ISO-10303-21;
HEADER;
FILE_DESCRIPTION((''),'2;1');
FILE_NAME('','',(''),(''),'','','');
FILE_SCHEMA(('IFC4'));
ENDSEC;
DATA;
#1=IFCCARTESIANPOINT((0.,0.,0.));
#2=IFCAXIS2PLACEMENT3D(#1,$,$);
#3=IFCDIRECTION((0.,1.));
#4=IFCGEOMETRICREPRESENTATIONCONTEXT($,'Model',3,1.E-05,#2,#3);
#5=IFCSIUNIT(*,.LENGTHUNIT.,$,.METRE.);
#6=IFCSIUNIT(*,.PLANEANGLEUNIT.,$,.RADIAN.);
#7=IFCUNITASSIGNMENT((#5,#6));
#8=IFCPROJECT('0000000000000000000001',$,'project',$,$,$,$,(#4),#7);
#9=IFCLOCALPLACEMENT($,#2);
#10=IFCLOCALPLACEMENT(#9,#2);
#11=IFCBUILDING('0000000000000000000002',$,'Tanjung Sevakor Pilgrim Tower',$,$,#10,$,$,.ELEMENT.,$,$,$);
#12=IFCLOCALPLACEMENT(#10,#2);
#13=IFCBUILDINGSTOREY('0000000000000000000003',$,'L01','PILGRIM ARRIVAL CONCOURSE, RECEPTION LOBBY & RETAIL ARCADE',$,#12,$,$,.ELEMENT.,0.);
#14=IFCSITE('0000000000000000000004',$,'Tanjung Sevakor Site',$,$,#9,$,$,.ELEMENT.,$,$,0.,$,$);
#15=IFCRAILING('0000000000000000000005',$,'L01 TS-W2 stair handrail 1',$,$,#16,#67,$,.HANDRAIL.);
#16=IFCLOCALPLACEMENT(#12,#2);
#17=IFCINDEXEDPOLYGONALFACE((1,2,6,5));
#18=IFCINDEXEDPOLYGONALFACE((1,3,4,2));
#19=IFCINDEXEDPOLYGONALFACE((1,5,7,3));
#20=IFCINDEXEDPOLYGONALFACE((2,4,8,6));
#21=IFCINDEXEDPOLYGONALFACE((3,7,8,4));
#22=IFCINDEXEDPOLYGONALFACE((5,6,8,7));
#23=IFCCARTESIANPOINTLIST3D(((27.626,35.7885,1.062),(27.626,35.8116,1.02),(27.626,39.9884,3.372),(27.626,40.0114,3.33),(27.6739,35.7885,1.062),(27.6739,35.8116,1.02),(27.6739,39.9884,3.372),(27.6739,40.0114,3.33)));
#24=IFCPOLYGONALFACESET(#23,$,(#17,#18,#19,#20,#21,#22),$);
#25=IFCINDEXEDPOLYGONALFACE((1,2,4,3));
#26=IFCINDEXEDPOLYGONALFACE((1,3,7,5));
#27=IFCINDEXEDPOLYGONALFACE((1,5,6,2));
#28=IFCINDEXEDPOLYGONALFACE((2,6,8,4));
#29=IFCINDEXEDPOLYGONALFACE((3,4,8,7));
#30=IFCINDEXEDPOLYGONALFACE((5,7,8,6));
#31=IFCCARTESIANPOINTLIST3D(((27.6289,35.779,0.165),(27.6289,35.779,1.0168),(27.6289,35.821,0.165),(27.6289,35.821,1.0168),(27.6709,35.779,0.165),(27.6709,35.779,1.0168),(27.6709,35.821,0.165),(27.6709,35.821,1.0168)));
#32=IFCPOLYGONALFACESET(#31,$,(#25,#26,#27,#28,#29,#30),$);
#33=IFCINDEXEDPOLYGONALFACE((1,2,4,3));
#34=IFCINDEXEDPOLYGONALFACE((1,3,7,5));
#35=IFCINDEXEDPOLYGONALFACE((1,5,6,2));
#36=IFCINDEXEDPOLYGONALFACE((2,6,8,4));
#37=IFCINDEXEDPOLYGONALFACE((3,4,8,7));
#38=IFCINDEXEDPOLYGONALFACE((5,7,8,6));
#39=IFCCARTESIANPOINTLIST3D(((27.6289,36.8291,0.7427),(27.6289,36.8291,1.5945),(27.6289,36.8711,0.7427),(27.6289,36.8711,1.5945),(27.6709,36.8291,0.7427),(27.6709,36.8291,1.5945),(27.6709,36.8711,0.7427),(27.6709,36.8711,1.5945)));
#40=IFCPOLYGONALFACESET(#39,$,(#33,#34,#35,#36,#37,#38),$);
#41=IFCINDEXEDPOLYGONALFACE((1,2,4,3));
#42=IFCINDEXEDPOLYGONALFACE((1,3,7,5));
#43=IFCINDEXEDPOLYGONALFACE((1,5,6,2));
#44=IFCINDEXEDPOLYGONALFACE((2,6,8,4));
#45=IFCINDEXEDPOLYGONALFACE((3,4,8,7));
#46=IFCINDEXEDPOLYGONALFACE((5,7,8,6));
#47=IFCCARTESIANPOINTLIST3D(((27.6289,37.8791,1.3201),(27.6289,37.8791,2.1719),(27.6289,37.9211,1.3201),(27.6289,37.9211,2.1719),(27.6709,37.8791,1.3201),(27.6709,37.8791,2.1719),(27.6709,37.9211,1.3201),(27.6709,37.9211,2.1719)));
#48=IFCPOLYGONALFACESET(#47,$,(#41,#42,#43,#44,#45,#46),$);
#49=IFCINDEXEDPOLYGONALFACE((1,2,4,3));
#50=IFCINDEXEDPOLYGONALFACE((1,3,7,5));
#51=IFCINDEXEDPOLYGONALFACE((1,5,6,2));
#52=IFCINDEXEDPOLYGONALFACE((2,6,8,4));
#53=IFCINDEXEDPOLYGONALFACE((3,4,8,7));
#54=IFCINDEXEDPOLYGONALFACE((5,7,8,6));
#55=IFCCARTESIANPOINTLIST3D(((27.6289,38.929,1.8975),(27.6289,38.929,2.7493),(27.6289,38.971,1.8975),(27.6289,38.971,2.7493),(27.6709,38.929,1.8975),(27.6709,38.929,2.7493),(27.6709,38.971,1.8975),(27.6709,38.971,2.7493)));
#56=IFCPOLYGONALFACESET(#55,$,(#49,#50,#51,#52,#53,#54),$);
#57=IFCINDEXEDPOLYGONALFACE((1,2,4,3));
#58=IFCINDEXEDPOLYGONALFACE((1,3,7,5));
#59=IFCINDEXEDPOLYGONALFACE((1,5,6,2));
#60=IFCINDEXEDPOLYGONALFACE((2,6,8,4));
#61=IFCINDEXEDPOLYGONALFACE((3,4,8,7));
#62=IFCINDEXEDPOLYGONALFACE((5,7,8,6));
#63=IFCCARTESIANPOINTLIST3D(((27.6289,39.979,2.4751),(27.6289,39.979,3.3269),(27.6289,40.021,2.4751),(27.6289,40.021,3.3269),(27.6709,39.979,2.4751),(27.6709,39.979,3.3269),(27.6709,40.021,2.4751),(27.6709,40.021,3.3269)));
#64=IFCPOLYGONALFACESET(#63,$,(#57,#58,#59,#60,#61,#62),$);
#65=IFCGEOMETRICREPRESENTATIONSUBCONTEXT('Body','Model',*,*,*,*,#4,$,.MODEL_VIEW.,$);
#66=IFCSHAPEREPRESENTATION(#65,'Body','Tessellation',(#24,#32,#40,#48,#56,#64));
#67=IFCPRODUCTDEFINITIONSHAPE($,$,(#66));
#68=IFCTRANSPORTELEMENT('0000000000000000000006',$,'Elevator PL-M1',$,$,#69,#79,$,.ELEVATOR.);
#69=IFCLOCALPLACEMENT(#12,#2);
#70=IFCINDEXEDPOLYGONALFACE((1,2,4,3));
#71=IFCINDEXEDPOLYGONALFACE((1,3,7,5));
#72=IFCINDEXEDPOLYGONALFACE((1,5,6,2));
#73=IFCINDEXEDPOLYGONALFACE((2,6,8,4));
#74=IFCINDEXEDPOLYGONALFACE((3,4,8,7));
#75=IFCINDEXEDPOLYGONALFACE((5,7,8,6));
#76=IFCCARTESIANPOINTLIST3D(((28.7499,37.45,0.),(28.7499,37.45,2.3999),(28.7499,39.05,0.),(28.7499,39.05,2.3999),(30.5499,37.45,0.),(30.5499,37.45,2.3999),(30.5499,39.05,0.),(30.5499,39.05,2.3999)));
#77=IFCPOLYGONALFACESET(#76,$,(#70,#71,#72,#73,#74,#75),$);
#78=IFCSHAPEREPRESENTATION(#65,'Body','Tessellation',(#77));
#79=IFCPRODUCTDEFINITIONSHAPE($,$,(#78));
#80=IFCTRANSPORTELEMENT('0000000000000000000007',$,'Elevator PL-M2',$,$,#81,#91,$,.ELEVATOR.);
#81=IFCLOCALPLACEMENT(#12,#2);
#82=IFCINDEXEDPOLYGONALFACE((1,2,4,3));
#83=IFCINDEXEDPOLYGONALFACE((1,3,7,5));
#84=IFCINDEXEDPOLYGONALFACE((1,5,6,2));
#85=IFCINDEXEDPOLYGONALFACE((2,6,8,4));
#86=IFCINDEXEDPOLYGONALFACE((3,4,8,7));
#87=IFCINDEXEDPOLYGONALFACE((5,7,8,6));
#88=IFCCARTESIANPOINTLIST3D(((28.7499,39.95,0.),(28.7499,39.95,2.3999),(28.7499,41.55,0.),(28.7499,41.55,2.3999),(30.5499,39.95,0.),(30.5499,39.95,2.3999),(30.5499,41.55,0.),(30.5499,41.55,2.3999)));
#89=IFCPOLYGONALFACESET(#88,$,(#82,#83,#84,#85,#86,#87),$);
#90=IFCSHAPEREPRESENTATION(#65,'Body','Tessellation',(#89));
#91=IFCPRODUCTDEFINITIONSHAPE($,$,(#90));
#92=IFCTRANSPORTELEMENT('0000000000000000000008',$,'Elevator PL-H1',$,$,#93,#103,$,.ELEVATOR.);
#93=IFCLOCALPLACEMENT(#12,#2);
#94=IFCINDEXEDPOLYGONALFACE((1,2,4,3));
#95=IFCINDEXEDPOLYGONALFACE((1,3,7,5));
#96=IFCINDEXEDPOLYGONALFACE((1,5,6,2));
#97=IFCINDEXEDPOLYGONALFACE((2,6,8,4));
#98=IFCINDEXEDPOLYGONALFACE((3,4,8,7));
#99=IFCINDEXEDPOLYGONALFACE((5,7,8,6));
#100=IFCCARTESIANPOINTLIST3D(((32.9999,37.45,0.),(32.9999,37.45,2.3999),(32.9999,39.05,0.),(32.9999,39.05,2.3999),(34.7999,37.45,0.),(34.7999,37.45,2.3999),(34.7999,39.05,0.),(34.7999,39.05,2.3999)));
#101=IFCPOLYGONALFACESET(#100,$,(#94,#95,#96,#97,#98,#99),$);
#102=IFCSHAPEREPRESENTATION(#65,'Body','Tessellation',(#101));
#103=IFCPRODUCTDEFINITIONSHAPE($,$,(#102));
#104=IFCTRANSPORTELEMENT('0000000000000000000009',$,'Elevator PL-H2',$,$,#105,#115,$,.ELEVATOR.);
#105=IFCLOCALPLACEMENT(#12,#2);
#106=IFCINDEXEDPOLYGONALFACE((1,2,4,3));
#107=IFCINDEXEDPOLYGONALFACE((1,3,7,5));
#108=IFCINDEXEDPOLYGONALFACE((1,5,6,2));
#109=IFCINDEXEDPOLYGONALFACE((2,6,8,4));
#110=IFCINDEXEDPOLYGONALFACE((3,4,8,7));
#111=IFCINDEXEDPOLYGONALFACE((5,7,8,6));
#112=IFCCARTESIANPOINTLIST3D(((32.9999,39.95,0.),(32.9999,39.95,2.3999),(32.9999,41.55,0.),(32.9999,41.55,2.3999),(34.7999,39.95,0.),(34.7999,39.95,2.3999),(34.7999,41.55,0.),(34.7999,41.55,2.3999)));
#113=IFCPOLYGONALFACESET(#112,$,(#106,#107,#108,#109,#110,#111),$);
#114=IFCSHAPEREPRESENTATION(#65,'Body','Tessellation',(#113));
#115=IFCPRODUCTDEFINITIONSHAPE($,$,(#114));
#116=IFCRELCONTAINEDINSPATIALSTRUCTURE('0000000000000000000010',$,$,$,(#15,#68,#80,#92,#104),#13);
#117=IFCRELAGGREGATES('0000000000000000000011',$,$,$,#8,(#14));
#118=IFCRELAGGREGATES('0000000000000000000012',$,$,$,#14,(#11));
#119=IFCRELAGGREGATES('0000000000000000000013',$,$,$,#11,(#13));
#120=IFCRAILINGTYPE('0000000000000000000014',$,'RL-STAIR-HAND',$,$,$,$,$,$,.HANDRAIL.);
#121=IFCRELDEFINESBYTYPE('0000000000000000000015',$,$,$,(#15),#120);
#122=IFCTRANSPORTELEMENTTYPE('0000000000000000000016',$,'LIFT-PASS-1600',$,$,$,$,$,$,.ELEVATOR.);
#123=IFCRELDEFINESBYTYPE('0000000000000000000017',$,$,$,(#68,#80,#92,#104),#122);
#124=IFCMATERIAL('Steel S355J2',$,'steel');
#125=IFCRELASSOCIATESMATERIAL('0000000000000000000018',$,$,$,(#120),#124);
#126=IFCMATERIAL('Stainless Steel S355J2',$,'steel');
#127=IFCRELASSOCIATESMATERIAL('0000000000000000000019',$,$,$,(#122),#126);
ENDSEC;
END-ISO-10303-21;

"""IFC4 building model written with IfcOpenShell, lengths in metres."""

from ifc_helpers import new_model, si_unit, direction, frame, origin, origin_2d, place, context, subcontext, project, spatial, rectangle, extrude, material, type_object, element, save


model = new_model("IFC4")

# Units and contexts
model_context = context("Model", 3, precision=1e-05, world=origin(), true_north=direction((0.0, 1.0)))
body_context = subcontext(model_context, "Body", "Model", "MODEL_VIEW")
ifc_project = project(units=[si_unit("LENGTHUNIT", "METRE"), si_unit("PLANEANGLEUNIT", "RADIAN")], contexts=[model_context])

# Site, building, storey
site_placement = place(None, origin())
site = spatial("IfcSite", under=ifc_project, at=site_placement, Name="Tanjung Sevakor Site", CompositionType="ELEMENT", RefElevation=0.0)
building_placement = place(site_placement, origin())
building = spatial("IfcBuilding", under=site, at=building_placement, Name="Tanjung Sevakor Pilgrim Tower", CompositionType="ELEMENT")
storey_placement = place(building_placement, origin())
storey = spatial("IfcBuildingStorey", under=building, at=storey_placement, Name="L01", Description="PILGRIM ARRIVAL CONCOURSE, RECEPTION LOBBY & RETAIL ARCADE", CompositionType="ELEMENT", Elevation=0.0)

# Railing
ifc_material_1 = material(Name="Steel S355J2", Category="steel")
railing_type = type_object("IfcRailingType", Name="RL-STAIR-HAND", PredefinedType="HANDRAIL", material=ifc_material_1)
railing_placement = place(storey_placement, frame((27.6499, 35.8, 0.165)))
element("IfcRailing", 1, at=railing_placement, inside=storey, type_object=railing_type, Name="L01 TS-W2 stair handrail 1", PredefinedType="HANDRAIL", context=body_context, shape_type="SweptSolid", body=[
    extrude(rectangle(XDim=0.0479, YDim=0.0479), frame((0.0, 0.0, 0.876), z_axis=(0.0, 0.876208, 0.481932), x_axis=(-1.0, 0.0, 0.0)), (0.0, 0.0, 1.0), 4.7932),
    extrude(rectangle(XDim=0.042, YDim=0.042), origin(), (0.0, 0.0, 1.0), 0.8518),
    extrude(rectangle(XDim=0.042, YDim=0.042), frame((0.0, 1.05, 0.5776)), (0.0, 0.0, 1.0), 0.8518),
    extrude(rectangle(XDim=0.042, YDim=0.042), frame((0.0, 2.1001, 1.155)), (0.0, 0.0, 1.0), 0.8518),
    extrude(rectangle(XDim=0.042, YDim=0.042), frame((0.0, 3.1499, 1.7324)), (0.0, 0.0, 1.0), 0.8518),
    extrude(rectangle(XDim=0.042, YDim=0.042), frame((0.0, 4.2, 2.3101)), (0.0, 0.0, 1.0), 0.8518),
])

# Transport elements
ifc_material_2 = material(Name="Stainless Steel S355J2", Category="steel")
transport_element_type = type_object("IfcTransportElementType", Name="LIFT-PASS-1600", PredefinedType="ELEVATOR", material=ifc_material_2)
for number, where, z_axis, x_axis, name in (
    (2, (29.6499, 38.25, 0.0), (0.0, 0.0, 1.0), (1.0, 0.0, 0.0), "Elevator PL-M1"),
    (3, (29.6499, 40.75, 0.0), (0.0, 0.0, 1.0), (1.0, 0.0, 0.0), "Elevator PL-M2"),
    (4, (33.8999, 38.25, 0.0), (0.0, 0.0, 1.0), (1.0, 0.0, 0.0), "Elevator PL-H1"),
    (5, (33.8999, 40.75, 0.0), (0.0, 0.0, 1.0), (1.0, 0.0, 0.0), "Elevator PL-H2"),
):
    element("IfcTransportElement", number, at=place(storey_placement, frame(where, z_axis=z_axis, x_axis=x_axis)), inside=storey, type_object=transport_element_type, Name=name, PredefinedType="ELEVATOR", context=body_context, shape_type="SweptSolid", body=[
        extrude(rectangle(XDim=1.8, YDim=1.6001, at=origin_2d()), origin(), (0.0, 0.0, 1.0), 2.3999),
    ])

save(model, "model.ifc")
